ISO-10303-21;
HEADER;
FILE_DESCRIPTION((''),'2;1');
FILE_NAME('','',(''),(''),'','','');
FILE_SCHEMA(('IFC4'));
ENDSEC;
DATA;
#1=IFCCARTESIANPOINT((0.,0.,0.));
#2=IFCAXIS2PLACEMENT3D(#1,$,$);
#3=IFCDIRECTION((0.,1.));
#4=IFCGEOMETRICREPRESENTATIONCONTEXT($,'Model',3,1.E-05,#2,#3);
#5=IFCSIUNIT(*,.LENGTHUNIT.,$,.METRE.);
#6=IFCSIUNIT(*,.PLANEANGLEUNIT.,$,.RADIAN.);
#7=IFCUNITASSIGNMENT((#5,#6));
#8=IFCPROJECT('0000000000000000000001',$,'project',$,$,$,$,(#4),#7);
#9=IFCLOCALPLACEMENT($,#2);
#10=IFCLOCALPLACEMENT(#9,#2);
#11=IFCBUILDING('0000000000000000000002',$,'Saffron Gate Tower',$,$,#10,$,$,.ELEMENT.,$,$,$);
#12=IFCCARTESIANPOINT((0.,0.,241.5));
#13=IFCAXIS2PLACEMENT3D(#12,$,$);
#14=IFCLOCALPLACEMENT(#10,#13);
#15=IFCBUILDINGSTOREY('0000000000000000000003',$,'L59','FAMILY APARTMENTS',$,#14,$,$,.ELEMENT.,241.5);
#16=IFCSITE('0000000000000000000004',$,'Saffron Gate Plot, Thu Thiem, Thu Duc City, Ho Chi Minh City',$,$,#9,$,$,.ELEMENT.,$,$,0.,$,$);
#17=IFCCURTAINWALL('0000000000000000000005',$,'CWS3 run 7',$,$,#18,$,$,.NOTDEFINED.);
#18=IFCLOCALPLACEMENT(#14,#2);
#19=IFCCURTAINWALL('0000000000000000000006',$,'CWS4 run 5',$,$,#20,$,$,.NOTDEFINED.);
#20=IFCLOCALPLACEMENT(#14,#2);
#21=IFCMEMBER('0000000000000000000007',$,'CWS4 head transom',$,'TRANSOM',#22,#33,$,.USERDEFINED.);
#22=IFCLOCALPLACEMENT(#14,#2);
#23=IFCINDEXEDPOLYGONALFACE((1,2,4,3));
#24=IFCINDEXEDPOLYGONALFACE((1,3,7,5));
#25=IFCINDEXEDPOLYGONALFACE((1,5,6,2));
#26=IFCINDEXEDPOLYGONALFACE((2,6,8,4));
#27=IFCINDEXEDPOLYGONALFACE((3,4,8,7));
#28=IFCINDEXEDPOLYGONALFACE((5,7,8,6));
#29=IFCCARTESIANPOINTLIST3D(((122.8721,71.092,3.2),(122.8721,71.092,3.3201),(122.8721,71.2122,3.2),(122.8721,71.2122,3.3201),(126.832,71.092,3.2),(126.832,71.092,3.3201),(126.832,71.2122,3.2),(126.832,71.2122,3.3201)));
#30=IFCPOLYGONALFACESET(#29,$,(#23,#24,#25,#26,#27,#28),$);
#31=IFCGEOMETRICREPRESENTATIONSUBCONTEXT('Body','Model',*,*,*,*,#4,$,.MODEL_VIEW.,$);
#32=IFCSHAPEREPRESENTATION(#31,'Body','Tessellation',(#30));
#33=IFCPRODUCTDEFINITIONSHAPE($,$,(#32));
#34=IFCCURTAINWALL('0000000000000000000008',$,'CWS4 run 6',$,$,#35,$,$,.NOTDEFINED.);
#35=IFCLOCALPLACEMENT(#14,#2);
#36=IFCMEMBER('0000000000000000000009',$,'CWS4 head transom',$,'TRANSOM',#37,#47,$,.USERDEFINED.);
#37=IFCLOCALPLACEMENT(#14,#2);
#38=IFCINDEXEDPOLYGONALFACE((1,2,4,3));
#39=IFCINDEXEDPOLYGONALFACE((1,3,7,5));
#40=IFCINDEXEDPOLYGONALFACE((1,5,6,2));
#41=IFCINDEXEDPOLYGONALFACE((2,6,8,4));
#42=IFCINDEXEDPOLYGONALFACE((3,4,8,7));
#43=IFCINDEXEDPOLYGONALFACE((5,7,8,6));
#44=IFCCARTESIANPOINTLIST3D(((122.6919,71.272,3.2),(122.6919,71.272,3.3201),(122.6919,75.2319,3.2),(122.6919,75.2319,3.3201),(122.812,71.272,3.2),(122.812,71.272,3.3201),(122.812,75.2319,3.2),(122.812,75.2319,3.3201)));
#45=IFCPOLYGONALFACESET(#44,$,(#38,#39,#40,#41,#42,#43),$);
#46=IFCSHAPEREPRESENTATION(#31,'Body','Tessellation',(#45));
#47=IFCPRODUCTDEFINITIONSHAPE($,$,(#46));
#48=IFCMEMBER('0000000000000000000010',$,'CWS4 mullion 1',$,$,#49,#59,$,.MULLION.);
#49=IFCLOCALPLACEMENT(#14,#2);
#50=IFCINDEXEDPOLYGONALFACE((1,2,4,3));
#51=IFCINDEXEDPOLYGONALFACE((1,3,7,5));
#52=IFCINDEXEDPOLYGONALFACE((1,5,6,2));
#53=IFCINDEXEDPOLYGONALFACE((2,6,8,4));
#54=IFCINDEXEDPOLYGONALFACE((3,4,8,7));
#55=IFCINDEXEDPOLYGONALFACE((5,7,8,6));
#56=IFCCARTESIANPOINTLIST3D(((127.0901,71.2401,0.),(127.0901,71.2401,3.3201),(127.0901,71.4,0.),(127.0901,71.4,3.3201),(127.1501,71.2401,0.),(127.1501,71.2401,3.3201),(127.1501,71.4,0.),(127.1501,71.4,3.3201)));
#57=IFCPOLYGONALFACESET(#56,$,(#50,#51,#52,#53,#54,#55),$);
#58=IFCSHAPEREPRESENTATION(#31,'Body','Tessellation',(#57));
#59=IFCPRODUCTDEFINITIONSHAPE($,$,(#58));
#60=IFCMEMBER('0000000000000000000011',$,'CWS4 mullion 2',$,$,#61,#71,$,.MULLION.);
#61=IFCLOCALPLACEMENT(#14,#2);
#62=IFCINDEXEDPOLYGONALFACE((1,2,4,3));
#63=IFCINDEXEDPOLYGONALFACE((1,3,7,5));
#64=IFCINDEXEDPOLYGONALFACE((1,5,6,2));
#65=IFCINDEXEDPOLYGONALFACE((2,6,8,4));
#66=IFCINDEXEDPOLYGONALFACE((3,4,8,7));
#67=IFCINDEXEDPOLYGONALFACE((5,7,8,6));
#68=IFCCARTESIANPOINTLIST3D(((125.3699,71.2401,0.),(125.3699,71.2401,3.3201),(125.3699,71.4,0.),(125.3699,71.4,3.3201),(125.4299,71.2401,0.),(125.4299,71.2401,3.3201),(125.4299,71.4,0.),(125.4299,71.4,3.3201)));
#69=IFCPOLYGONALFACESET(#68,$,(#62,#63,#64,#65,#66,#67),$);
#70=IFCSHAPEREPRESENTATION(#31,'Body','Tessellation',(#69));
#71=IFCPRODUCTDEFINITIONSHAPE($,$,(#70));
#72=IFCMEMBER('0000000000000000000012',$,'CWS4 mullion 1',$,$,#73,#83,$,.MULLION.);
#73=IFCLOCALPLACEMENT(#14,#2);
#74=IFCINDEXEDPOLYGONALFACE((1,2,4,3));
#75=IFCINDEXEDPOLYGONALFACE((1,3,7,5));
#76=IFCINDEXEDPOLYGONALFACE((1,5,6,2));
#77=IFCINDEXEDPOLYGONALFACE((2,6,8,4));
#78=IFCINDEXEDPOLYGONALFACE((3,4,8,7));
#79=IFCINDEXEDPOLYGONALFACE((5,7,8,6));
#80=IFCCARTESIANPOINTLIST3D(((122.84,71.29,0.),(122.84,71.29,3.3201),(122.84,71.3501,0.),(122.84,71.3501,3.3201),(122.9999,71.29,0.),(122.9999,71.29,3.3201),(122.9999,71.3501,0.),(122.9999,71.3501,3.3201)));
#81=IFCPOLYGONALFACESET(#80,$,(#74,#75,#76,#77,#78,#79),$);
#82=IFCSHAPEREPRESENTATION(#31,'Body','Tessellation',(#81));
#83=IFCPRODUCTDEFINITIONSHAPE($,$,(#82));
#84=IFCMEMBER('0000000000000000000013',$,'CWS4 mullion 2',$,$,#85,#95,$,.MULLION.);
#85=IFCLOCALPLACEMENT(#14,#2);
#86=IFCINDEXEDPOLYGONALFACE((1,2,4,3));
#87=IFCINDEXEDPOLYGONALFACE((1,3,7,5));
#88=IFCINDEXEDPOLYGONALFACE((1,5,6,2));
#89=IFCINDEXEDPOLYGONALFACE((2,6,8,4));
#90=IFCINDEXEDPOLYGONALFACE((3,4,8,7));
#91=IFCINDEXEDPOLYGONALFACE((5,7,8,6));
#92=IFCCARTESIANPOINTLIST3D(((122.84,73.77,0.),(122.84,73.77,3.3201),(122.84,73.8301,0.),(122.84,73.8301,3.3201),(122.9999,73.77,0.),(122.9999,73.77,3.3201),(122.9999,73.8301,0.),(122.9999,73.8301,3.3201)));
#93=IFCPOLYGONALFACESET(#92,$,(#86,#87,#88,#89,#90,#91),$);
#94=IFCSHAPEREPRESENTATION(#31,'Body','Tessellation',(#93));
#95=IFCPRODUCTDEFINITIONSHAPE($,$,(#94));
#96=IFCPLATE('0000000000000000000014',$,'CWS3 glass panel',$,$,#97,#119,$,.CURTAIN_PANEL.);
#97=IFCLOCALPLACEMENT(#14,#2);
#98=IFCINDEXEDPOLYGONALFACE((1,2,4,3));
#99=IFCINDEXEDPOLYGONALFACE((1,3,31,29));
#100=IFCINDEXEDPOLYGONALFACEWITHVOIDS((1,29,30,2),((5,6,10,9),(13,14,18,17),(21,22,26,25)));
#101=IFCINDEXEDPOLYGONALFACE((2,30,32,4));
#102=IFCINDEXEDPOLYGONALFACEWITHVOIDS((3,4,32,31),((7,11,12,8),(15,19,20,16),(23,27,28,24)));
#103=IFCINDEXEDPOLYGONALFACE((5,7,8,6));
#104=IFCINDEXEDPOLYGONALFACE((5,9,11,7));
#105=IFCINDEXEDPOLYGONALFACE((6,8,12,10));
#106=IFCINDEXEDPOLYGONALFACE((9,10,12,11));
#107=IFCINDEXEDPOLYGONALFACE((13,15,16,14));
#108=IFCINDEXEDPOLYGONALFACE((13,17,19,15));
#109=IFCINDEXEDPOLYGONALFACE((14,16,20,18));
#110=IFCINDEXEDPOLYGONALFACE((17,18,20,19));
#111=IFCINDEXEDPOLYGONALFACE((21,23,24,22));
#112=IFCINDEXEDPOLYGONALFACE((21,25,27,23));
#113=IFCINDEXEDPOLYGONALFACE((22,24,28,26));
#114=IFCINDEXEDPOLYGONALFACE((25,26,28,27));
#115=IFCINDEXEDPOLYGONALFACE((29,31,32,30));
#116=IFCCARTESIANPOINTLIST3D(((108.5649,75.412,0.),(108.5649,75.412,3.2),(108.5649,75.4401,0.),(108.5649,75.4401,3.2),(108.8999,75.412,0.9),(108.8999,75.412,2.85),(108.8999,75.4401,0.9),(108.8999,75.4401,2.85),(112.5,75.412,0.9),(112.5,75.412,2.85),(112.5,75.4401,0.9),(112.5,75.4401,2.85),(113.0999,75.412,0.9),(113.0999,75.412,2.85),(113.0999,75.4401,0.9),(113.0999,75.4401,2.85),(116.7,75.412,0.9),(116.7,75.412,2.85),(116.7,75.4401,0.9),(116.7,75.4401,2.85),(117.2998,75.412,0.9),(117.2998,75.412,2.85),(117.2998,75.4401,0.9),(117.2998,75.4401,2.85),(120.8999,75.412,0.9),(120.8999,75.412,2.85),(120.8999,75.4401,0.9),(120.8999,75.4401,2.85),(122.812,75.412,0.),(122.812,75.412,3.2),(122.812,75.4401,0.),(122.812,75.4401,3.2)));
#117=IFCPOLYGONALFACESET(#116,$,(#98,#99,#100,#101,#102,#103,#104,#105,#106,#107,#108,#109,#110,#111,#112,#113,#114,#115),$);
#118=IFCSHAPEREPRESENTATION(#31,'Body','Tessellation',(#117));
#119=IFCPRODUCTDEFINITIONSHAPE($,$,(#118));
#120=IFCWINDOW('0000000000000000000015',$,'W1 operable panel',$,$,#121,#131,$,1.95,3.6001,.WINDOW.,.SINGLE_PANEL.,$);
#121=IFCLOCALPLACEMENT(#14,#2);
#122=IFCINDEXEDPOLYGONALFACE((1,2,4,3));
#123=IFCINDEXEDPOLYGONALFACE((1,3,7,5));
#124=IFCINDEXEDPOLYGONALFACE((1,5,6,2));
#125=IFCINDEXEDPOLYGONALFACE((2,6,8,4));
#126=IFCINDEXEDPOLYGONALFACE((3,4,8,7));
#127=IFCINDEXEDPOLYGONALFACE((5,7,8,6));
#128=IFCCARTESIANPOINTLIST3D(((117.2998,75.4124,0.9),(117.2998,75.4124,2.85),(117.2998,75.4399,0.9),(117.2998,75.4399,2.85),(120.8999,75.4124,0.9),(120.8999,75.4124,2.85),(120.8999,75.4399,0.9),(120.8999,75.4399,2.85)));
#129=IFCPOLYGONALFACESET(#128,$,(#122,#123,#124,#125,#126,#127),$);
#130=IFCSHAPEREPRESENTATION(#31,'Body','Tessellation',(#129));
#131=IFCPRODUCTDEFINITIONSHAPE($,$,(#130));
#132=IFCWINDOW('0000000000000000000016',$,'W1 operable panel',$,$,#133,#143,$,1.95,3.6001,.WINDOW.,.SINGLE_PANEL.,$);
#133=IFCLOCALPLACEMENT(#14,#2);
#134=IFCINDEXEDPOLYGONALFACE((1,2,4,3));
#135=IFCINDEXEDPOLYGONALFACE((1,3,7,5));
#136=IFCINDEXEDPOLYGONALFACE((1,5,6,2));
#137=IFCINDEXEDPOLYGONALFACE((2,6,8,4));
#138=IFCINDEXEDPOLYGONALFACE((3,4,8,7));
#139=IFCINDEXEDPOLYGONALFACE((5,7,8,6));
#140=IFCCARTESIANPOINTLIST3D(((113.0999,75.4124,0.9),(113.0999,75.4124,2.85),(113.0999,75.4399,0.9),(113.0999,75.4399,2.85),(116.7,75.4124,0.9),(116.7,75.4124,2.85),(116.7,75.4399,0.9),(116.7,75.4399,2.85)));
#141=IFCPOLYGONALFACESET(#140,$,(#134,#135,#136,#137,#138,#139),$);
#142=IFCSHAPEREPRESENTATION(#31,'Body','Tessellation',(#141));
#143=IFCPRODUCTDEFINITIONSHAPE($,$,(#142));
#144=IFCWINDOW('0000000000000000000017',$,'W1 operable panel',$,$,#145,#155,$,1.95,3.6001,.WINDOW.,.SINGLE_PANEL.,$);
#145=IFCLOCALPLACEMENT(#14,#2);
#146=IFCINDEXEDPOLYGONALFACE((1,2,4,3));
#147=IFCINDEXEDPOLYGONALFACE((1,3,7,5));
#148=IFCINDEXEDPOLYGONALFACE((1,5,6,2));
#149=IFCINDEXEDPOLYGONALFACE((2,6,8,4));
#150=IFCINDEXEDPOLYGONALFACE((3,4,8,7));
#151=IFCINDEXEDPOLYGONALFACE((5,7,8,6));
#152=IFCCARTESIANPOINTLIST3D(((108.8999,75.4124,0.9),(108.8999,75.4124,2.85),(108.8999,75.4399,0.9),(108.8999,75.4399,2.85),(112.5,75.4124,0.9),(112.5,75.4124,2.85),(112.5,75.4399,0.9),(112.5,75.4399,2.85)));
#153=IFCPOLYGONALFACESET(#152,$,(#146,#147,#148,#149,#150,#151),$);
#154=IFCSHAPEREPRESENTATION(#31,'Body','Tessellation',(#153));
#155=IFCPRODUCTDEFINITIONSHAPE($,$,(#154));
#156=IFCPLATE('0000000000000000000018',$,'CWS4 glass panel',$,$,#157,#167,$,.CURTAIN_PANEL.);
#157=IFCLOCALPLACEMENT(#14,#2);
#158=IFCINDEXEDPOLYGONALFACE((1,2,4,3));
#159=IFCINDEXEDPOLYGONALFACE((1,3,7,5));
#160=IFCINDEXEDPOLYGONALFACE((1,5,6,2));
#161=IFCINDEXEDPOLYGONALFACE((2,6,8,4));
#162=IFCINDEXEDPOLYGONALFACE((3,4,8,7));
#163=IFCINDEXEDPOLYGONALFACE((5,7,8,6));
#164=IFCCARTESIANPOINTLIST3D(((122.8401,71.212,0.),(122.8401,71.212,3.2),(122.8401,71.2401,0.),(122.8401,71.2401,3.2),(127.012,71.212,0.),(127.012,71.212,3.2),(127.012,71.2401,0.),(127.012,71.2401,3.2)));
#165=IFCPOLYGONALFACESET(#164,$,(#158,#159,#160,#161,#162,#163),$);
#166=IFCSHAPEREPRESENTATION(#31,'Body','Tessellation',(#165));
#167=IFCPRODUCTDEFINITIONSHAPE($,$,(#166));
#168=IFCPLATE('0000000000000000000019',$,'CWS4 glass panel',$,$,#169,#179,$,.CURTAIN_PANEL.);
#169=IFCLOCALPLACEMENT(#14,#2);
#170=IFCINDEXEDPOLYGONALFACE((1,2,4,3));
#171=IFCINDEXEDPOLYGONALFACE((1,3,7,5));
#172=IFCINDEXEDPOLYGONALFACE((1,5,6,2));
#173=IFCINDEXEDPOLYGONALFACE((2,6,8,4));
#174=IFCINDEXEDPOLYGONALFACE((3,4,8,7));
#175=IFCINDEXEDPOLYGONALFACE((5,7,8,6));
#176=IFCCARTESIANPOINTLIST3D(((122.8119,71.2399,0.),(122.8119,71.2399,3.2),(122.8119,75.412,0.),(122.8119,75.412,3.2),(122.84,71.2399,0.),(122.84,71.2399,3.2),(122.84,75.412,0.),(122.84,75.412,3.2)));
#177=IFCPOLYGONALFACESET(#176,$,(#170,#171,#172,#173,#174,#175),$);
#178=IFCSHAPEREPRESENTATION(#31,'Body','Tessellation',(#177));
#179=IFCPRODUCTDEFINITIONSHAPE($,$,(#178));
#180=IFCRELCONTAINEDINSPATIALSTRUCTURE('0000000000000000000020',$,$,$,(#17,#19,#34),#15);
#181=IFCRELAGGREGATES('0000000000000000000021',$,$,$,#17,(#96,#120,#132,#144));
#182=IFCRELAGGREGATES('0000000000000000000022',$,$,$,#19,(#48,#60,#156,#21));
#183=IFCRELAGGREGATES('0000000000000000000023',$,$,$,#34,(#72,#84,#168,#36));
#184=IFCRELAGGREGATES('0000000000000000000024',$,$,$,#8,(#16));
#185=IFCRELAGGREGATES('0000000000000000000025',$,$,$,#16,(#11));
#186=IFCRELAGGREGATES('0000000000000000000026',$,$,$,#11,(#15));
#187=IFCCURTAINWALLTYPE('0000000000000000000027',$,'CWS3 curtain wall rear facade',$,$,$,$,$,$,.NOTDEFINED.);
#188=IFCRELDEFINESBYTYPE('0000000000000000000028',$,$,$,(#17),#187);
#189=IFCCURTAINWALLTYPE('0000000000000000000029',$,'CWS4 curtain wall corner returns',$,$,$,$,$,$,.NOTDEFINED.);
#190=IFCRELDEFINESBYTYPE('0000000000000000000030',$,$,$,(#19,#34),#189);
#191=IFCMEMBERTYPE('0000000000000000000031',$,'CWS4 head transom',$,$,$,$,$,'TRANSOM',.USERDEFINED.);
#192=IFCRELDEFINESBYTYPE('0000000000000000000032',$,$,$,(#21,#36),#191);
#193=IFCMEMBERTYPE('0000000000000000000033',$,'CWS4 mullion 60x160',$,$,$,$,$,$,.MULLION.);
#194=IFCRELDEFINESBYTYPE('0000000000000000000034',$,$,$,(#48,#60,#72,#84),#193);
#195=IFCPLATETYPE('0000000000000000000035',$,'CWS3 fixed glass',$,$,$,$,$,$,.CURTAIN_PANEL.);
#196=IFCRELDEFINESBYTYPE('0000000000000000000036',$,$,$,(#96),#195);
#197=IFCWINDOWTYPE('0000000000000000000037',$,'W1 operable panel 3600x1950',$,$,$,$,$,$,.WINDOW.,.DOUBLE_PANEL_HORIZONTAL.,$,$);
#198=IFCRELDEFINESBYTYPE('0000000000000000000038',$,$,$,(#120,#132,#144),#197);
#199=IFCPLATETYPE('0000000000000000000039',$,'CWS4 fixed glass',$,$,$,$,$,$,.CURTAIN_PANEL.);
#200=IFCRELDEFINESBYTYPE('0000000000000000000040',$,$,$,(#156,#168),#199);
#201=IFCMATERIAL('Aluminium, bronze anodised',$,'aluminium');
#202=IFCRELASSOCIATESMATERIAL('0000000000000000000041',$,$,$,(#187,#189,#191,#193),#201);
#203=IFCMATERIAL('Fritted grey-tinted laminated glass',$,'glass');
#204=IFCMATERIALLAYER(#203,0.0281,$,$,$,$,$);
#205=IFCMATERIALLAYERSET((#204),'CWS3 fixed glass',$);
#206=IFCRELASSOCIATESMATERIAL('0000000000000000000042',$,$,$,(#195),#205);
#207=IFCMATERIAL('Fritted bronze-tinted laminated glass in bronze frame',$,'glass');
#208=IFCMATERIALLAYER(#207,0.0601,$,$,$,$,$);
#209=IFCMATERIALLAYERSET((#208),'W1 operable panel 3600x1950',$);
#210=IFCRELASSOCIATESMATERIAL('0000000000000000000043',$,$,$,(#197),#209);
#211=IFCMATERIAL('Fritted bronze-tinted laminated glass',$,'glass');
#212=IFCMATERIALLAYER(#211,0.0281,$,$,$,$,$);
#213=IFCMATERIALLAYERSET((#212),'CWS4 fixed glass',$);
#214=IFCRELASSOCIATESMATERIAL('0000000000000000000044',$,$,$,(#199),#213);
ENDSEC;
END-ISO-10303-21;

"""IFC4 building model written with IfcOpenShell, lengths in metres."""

from ifc_helpers import new_model, si_unit, direction, frame, frame_2d, origin, origin_2d, place, context, subcontext, project, spatial, rectangle, extrude, material, layer, layer_set, material_profile, profile_set, type_object, element, fill, aggregate, save


model = new_model("IFC4")

# Units and contexts
model_context = context("Model", 3, precision=1e-05, world=origin(), true_north=direction((0.0, 1.0)))
body_context = subcontext(model_context, "Body", "Model", "MODEL_VIEW")
ifc_project = project(units=[si_unit("LENGTHUNIT", "METRE"), si_unit("PLANEANGLEUNIT", "RADIAN")], contexts=[model_context])

# Site, building, storey
site_placement = place(None, origin())
site = spatial("IfcSite", under=ifc_project, at=site_placement, Name="Saffron Gate Plot, Thu Thiem, Thu Duc City, Ho Chi Minh City", CompositionType="ELEMENT", RefElevation=0.0)
building_placement = place(site_placement, origin())
building = spatial("IfcBuilding", under=site, at=building_placement, Name="Saffron Gate Tower", CompositionType="ELEMENT")
storey_placement = place(building_placement, frame((0.0, 0.0, 241.5)))
storey = spatial("IfcBuildingStorey", under=building, at=storey_placement, Name="L59", Description="FAMILY APARTMENTS", CompositionType="ELEMENT", Elevation=241.5)

# Shared definitions
ifc_material_1 = material(Name="Aluminium, bronze anodised", Category="aluminium")

# Curtain wall
curtain_wall_type_1 = type_object("IfcCurtainWallType", Name="CWS3 curtain wall rear facade", PredefinedType="NOTDEFINED", material=ifc_material_1)
curtain_wall_1_placement = place(storey_placement, origin())
curtain_wall_1 = element("IfcCurtainWall", 1, at=curtain_wall_1_placement, inside=storey, type_object=curtain_wall_type_1, Name="CWS3 run 7", PredefinedType="NOTDEFINED")

# Curtain walls, members
curtain_wall_type_2 = type_object("IfcCurtainWallType", Name="CWS4 curtain wall corner returns", PredefinedType="NOTDEFINED", material=ifc_material_1)
curtain_wall_2_placement = place(storey_placement, origin())
curtain_wall_2 = element("IfcCurtainWall", 2, at=curtain_wall_2_placement, inside=storey, type_object=curtain_wall_type_2, Name="CWS4 run 5", PredefinedType="NOTDEFINED")
ifc_material_profile_1 = material_profile(ifc_material_1, rectangle(XDim=0.1201, YDim=0.1201, at=origin_2d()))
ifc_profile_set_1 = profile_set([ifc_material_profile_1], Name="Aluminium, bronze anodised")
member_type_1 = type_object("IfcMemberType", Name="CWS4 head transom", ElementType="TRANSOM", PredefinedType="USERDEFINED", material=ifc_profile_set_1)
member_1_placement = place(storey_placement, frame((126.832, 71.1521, 3.26), z_axis=(-1.0, 0.0, 0.0), x_axis=(0.0, -1.0, 0.0)))
member_1 = element("IfcMember", 3, at=member_1_placement, type_object=member_type_1, Name="CWS4 head transom", ObjectType="TRANSOM", PredefinedType="USERDEFINED", context=body_context, shape_type="SweptSolid", body=[
    extrude(rectangle(XDim=0.1201, YDim=0.1201, at=origin_2d()), origin(), (0.0, 0.0, 1.0), 3.96),
])
curtain_wall_3_placement = place(storey_placement, origin())
curtain_wall_3 = element("IfcCurtainWall", 4, at=curtain_wall_3_placement, inside=storey, type_object=curtain_wall_type_2, Name="CWS4 run 6", PredefinedType="NOTDEFINED")
member_2_placement = place(storey_placement, frame((122.752, 71.272, 3.26), z_axis=(0.0, 1.0, 0.0), x_axis=(-1.0, 0.0, 0.0)))
member_2 = element("IfcMember", 5, at=member_2_placement, type_object=member_type_1, Name="CWS4 head transom", ObjectType="TRANSOM", PredefinedType="USERDEFINED", context=body_context, shape_type="SweptSolid", body=[
    extrude(rectangle(XDim=0.1201, YDim=0.1201, at=origin_2d()), origin(), (0.0, 0.0, 1.0), 3.96),
])

# Members
ifc_material_profile_2 = material_profile(ifc_material_1, rectangle(XDim=0.1599, YDim=0.0601, at=origin_2d()))
ifc_profile_set_2 = profile_set([ifc_material_profile_2], Name="Aluminium, bronze anodised")
member_type_2 = type_object("IfcMemberType", Name="CWS4 mullion 60x160", PredefinedType="MULLION", material=ifc_profile_set_2)
member_3_placement = place(storey_placement, frame((127.1201, 71.3201, 0.0), z_axis=(0.0, 0.0, 1.0), x_axis=(0.0, -1.0, 0.0)))
member_3 = element("IfcMember", 6, at=member_3_placement, type_object=member_type_2, Name="CWS4 mullion 1", PredefinedType="MULLION", context=body_context, shape_type="SweptSolid", body=[
    extrude(rectangle(XDim=0.1599, YDim=0.0601, at=origin_2d()), origin(), (0.0, 0.0, 1.0), 3.3201),
])
member_4_placement = place(storey_placement, frame((125.3999, 71.3201, 0.0), z_axis=(0.0, 0.0, 1.0), x_axis=(0.0, -1.0, 0.0)))
member_4 = element("IfcMember", 7, at=member_4_placement, type_object=member_type_2, Name="CWS4 mullion 2", PredefinedType="MULLION", context=body_context, shape_type="SweptSolid", body=[
    extrude(rectangle(XDim=0.1599, YDim=0.0601, at=origin_2d()), origin(), (0.0, 0.0, 1.0), 3.3201),
])
member_5_placement = place(storey_placement, frame((122.9199, 71.3201, 0.0), z_axis=(0.0, 0.0, 1.0), x_axis=(-1.0, 0.0, 0.0)))
member_5 = element("IfcMember", 8, at=member_5_placement, type_object=member_type_2, Name="CWS4 mullion 1", PredefinedType="MULLION", context=body_context, shape_type="SweptSolid", body=[
    extrude(rectangle(XDim=0.1599, YDim=0.0601, at=origin_2d()), origin(), (0.0, 0.0, 1.0), 3.3201),
])
member_6_placement = place(storey_placement, frame((122.9199, 73.8, 0.0), z_axis=(0.0, 0.0, 1.0), x_axis=(-1.0, 0.0, 0.0)))
member_6 = element("IfcMember", 9, at=member_6_placement, type_object=member_type_2, Name="CWS4 mullion 2", PredefinedType="MULLION", context=body_context, shape_type="SweptSolid", body=[
    extrude(rectangle(XDim=0.1599, YDim=0.0601, at=origin_2d()), origin(), (0.0, 0.0, 1.0), 3.3201),
])

# Plate, openings, windows
ifc_material_2 = material(Name="Fritted grey-tinted laminated glass", Category="glass")
ifc_layer_1 = layer(ifc_material_2, 0.0281)
ifc_layer_set_1 = layer_set([ifc_layer_1], Name="CWS3 fixed glass")
plate_type_1 = type_object("IfcPlateType", Name="CWS3 fixed glass", PredefinedType="CURTAIN_PANEL", material=ifc_layer_set_1)
plate_1_placement = place(storey_placement, frame((122.812, 75.426, 0.0), z_axis=(0.0, 0.0, 1.0), x_axis=(-1.0, 0.0, 0.0)))
plate_1 = element("IfcPlate", 10, at=plate_1_placement, type_object=plate_type_1, Name="CWS3 glass panel", PredefinedType="CURTAIN_PANEL", context=body_context, shape_type="SweptSolid", body=[
    extrude(rectangle(XDim=14.2471, YDim=0.0281, at=frame_2d((7.1235, 0.0))), origin(), (0.0, 0.0, 1.0), 3.2),
])
opening_1_placement = place(plate_1_placement, frame((1.9121, 0.0, 0.8999)))
opening_1 = element("IfcOpeningElement", 11, at=opening_1_placement, cuts=plate_1, PredefinedType="OPENING", context=body_context, shape_type="SweptSolid", body=[
    extrude(rectangle(XDim=3.6001, YDim=1.95, at=frame_2d((1.8, 0.9751))), frame((0.0, 0.0239, 0.0), z_axis=(0.0, -1.0, 0.0), x_axis=(1.0, 0.0, 0.0)), (0.0, 0.0, 1.0), 0.0481),
])
opening_2_placement = place(plate_1_placement, frame((6.1121, 0.0, 0.8999)))
opening_2 = element("IfcOpeningElement", 12, at=opening_2_placement, cuts=plate_1, PredefinedType="OPENING", context=body_context, shape_type="SweptSolid", body=[
    extrude(rectangle(XDim=3.6001, YDim=1.95, at=frame_2d((1.8, 0.9751))), frame((0.0, 0.0239, 0.0), z_axis=(0.0, -1.0, 0.0), x_axis=(1.0, 0.0, 0.0)), (0.0, 0.0, 1.0), 0.0481),
])
opening_3_placement = place(plate_1_placement, frame((10.312, 0.0, 0.8999)))
opening_3 = element("IfcOpeningElement", 13, at=opening_3_placement, cuts=plate_1, PredefinedType="OPENING", context=body_context, shape_type="SweptSolid", body=[
    extrude(rectangle(XDim=3.6001, YDim=1.95, at=frame_2d((1.8, 0.9751))), frame((0.0, 0.0239, 0.0), z_axis=(0.0, -1.0, 0.0), x_axis=(1.0, 0.0, 0.0)), (0.0, 0.0, 1.0), 0.0481),
])
ifc_material_3 = material(Name="Fritted bronze-tinted laminated glass in bronze frame", Category="glass")
ifc_layer_2 = layer(ifc_material_3, 0.0601)
ifc_layer_set_2 = layer_set([ifc_layer_2], Name="W1 operable panel 3600x1950")
window_type = type_object("IfcWindowType", Name="W1 operable panel 3600x1950", PartitioningType="DOUBLE_PANEL_HORIZONTAL", PredefinedType="WINDOW", material=ifc_layer_set_2)
window_1_placement = place(opening_1_placement, origin())
window_1 = element("IfcWindow", 14, at=window_1_placement, type_object=window_type, Name="W1 operable panel", OverallHeight=1.95, OverallWidth=3.6001, PartitioningType="SINGLE_PANEL", PredefinedType="WINDOW", context=body_context, shape_type="SweptSolid", body=[
    extrude(rectangle(XDim=3.6001, YDim=1.95, at=frame_2d((1.8, 0.9751))), frame((0.0, 0.0137, 0.0), z_axis=(0.0, -1.0, 0.0), x_axis=(1.0, 0.0, 0.0)), (0.0, 0.0, 1.0), 0.0276),
])
fill(opening_1, window_1)
window_2_placement = place(opening_2_placement, origin())
window_2 = element("IfcWindow", 15, at=window_2_placement, type_object=window_type, Name="W1 operable panel", OverallHeight=1.95, OverallWidth=3.6001, PartitioningType="SINGLE_PANEL", PredefinedType="WINDOW", context=body_context, shape_type="SweptSolid", body=[
    extrude(rectangle(XDim=3.6001, YDim=1.95, at=frame_2d((1.8, 0.9751))), frame((0.0, 0.0137, 0.0), z_axis=(0.0, -1.0, 0.0), x_axis=(1.0, 0.0, 0.0)), (0.0, 0.0, 1.0), 0.0276),
])
fill(opening_2, window_2)
window_3_placement = place(opening_3_placement, origin())
window_3 = element("IfcWindow", 16, at=window_3_placement, type_object=window_type, Name="W1 operable panel", OverallHeight=1.95, OverallWidth=3.6001, PartitioningType="SINGLE_PANEL", PredefinedType="WINDOW", context=body_context, shape_type="SweptSolid", body=[
    extrude(rectangle(XDim=3.6001, YDim=1.95, at=frame_2d((1.8, 0.9751))), frame((0.0, 0.0137, 0.0), z_axis=(0.0, -1.0, 0.0), x_axis=(1.0, 0.0, 0.0)), (0.0, 0.0, 1.0), 0.0276),
])
fill(opening_3, window_3)
aggregate(curtain_wall_1, [plate_1, window_1, window_2, window_3])

# Plates
ifc_material_4 = material(Name="Fritted bronze-tinted laminated glass", Category="glass")
ifc_layer_3 = layer(ifc_material_4, 0.0281)
ifc_layer_set_3 = layer_set([ifc_layer_3], Name="CWS4 fixed glass")
plate_type_2 = type_object("IfcPlateType", Name="CWS4 fixed glass", PredefinedType="CURTAIN_PANEL", material=ifc_layer_set_3)
plate_2_placement = place(storey_placement, frame((127.012, 71.2261, 0.0), z_axis=(0.0, 0.0, 1.0), x_axis=(-1.0, 0.0, 0.0)))
plate_2 = element("IfcPlate", 17, at=plate_2_placement, type_object=plate_type_2, Name="CWS4 glass panel", PredefinedType="CURTAIN_PANEL", context=body_context, shape_type="SweptSolid", body=[
    extrude(rectangle(XDim=4.1719, YDim=0.0281, at=frame_2d((2.0859, 0.0))), origin(), (0.0, 0.0, 1.0), 3.2),
])
aggregate(curtain_wall_2, [member_3, member_4, plate_2, member_1])
plate_3_placement = place(storey_placement, frame((122.8259, 71.24, 0.0), z_axis=(0.0, 0.0, 1.0), x_axis=(0.0, 1.0, 0.0)))
plate_3 = element("IfcPlate", 18, at=plate_3_placement, type_object=plate_type_2, Name="CWS4 glass panel", PredefinedType="CURTAIN_PANEL", context=body_context, shape_type="SweptSolid", body=[
    extrude(rectangle(XDim=4.1721, YDim=0.0281, at=frame_2d((2.0859, 0.0))), origin(), (0.0, 0.0, 1.0), 3.2),
])
aggregate(curtain_wall_3, [member_5, member_6, plate_3, member_2])

save(model, "model.ifc")
